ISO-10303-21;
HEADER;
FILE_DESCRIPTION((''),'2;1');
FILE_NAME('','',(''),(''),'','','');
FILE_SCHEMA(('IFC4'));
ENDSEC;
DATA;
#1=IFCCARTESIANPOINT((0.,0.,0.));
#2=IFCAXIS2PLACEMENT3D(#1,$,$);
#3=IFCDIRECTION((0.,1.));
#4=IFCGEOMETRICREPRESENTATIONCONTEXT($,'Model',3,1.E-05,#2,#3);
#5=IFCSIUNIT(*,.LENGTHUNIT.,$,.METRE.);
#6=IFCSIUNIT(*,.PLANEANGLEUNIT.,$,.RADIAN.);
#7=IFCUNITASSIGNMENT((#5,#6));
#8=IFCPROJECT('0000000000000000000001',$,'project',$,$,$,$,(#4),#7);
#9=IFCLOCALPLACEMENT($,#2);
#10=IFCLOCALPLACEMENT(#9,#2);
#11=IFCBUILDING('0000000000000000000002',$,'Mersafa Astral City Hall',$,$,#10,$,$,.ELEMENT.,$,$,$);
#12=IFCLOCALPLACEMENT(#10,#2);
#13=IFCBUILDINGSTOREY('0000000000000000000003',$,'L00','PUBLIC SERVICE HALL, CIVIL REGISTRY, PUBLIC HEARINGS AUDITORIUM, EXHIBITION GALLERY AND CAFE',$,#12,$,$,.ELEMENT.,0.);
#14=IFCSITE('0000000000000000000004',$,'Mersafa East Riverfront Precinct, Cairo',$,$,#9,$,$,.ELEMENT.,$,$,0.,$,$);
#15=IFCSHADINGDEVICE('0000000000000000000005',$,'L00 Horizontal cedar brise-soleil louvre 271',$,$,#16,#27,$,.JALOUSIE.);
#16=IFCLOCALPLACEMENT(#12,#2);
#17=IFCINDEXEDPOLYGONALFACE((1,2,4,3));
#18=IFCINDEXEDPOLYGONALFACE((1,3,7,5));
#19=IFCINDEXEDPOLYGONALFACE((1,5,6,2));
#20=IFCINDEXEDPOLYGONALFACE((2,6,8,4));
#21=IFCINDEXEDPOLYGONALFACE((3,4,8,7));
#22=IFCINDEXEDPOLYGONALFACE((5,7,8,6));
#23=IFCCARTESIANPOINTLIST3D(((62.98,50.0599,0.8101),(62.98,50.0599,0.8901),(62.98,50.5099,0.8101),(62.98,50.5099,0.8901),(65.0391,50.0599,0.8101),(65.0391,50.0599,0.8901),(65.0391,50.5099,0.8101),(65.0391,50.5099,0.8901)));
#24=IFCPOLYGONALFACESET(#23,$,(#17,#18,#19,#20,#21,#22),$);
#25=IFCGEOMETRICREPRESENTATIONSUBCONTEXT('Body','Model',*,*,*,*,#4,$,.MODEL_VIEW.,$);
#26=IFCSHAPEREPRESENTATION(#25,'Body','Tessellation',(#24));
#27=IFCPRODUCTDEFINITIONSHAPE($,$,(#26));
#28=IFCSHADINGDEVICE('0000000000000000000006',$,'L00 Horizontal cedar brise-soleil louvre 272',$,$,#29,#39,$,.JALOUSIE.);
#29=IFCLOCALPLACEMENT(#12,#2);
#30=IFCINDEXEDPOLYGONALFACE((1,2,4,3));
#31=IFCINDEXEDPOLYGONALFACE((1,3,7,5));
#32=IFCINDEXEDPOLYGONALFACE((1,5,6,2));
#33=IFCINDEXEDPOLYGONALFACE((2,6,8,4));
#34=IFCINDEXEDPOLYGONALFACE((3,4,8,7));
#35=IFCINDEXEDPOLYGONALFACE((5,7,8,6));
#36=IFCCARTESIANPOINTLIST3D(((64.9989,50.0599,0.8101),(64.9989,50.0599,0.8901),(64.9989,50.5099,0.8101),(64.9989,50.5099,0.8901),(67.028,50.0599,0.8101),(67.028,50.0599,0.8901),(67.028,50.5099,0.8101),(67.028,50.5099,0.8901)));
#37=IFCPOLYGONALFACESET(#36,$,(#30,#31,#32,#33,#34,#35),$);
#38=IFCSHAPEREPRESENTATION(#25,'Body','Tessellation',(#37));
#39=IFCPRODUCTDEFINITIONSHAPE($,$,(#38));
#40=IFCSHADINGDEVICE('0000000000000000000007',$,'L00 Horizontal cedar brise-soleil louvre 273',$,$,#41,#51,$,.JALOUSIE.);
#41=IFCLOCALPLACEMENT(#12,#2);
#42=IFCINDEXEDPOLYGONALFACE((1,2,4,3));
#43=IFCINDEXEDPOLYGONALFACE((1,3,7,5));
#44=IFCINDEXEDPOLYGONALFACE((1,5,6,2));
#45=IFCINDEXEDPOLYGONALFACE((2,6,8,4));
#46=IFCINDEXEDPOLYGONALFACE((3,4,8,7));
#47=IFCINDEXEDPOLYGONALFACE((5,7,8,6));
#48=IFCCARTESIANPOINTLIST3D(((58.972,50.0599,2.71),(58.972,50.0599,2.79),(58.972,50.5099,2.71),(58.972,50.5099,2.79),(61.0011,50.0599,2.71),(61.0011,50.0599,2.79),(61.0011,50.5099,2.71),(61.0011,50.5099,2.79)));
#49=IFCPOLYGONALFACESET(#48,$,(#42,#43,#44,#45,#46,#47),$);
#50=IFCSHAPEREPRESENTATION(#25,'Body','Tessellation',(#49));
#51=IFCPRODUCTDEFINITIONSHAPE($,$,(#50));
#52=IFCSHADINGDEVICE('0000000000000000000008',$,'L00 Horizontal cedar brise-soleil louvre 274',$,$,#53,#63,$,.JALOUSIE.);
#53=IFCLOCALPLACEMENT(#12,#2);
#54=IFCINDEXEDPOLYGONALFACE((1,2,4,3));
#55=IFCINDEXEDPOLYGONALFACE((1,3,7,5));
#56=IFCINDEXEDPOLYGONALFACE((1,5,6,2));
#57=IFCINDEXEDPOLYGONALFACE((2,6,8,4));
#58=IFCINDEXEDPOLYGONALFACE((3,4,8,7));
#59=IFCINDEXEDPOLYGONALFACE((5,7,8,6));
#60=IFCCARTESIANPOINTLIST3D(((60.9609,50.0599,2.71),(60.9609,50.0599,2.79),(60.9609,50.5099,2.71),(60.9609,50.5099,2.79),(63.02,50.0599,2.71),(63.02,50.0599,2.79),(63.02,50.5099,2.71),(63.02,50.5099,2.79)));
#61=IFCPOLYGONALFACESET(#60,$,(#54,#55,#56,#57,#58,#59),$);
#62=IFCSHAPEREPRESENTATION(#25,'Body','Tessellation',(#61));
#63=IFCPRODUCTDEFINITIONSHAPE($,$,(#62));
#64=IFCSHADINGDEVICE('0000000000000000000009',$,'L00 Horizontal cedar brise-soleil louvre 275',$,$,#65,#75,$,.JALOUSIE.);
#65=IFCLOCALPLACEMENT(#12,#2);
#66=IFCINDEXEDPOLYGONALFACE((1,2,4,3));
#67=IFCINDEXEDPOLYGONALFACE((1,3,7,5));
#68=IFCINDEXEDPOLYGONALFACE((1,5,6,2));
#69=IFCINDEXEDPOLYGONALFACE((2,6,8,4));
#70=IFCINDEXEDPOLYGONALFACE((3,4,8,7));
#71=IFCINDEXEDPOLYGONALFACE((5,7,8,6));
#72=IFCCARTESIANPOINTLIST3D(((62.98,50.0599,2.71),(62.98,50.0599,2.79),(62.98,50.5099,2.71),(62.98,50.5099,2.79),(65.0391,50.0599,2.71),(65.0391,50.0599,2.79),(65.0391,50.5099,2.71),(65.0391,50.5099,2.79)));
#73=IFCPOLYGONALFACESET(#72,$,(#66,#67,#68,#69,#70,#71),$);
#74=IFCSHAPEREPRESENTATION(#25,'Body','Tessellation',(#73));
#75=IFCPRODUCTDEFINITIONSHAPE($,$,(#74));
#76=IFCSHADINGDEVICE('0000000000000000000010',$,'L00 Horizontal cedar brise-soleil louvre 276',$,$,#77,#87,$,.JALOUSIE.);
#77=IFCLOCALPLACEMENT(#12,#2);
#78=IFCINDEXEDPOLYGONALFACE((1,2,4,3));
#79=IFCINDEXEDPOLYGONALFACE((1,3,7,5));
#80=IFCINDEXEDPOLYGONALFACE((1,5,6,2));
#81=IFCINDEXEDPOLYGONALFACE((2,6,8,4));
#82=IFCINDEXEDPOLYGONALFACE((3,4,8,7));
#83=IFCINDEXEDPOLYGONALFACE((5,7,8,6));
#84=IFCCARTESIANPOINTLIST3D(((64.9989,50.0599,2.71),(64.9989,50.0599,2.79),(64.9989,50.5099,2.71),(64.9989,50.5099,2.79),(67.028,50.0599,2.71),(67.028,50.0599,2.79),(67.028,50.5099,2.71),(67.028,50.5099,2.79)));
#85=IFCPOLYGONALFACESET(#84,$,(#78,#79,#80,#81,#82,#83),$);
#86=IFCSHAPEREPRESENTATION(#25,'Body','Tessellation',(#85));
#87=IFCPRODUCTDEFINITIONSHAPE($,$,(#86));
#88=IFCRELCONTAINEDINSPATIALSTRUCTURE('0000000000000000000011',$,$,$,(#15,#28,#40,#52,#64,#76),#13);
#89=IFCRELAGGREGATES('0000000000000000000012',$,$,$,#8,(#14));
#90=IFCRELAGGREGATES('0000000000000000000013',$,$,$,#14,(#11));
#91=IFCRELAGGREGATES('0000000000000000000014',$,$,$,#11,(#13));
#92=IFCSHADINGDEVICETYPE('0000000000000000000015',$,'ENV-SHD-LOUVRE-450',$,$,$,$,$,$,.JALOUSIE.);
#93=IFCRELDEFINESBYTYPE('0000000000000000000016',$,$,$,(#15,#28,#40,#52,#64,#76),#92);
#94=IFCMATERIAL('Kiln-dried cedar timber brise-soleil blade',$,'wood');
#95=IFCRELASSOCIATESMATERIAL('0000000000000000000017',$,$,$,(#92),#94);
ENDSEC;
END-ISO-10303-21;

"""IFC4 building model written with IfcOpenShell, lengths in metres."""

from ifc_helpers import new_model, si_unit, direction, frame, origin, origin_2d, place, context, subcontext, project, spatial, rectangle, extrude, material, type_object, element, save


model = new_model("IFC4")

# Units and contexts
model_context = context("Model", 3, precision=1e-05, world=origin(), true_north=direction((0.0, 1.0)))
body_context = subcontext(model_context, "Body", "Model", "MODEL_VIEW")
ifc_project = project(units=[si_unit("LENGTHUNIT", "METRE"), si_unit("PLANEANGLEUNIT", "RADIAN")], contexts=[model_context])

# Site, building, storey
site_placement = place(None, origin())
site = spatial("IfcSite", under=ifc_project, at=site_placement, Name="Mersafa East Riverfront Precinct, Cairo", CompositionType="ELEMENT", RefElevation=0.0)
building_placement = place(site_placement, origin())
building = spatial("IfcBuilding", under=site, at=building_placement, Name="Mersafa Astral City Hall", CompositionType="ELEMENT")
storey_placement = place(building_placement, origin())
storey = spatial("IfcBuildingStorey", under=building, at=storey_placement, Name="L00", Description="PUBLIC SERVICE HALL, CIVIL REGISTRY, PUBLIC HEARINGS AUDITORIUM, EXHIBITION GALLERY AND CAFE", CompositionType="ELEMENT", Elevation=0.0)

# Shading devices
ifc_material_1 = material(Name="Kiln-dried cedar timber brise-soleil blade", Category="wood")
shading_device_type_1 = type_object("IfcShadingDeviceType", Name="ENV-SHD-LOUVRE-450", PredefinedType="JALOUSIE", material=ifc_material_1)
for number, where, z_axis, x_axis, name in (
    (1, (64.0095, 50.2849, 0.8101), (0.0, 0.0, 1.0), (1.0, 0.0, 0.0), "L00 Horizontal cedar brise-soleil louvre 271"),
):
    element("IfcShadingDevice", number, at=place(storey_placement, frame(where, z_axis=z_axis, x_axis=x_axis)), inside=storey, type_object=shading_device_type_1, Name=name, PredefinedType="JALOUSIE", context=body_context, shape_type="SweptSolid", body=[
        extrude(rectangle(XDim=2.0591, YDim=0.45, at=origin_2d()), origin(), (0.0, 0.0, 1.0), 0.0801),
    ])
for number, where, z_axis, x_axis, name in (
    (2, (66.0134, 50.2849, 0.8101), (0.0, 0.0, 1.0), (1.0, 0.0, 0.0), "L00 Horizontal cedar brise-soleil louvre 272"),
    (3, (59.9866, 50.2849, 2.71), (0.0, 0.0, 1.0), (1.0, 0.0, 0.0), "L00 Horizontal cedar brise-soleil louvre 273"),
):
    element("IfcShadingDevice", number, at=place(storey_placement, frame(where, z_axis=z_axis, x_axis=x_axis)), inside=storey, type_object=shading_device_type_1, Name=name, PredefinedType="JALOUSIE", context=body_context, shape_type="SweptSolid", body=[
        extrude(rectangle(XDim=2.0291, YDim=0.45, at=origin_2d()), origin(), (0.0, 0.0, 1.0), 0.0801),
    ])
for number, where, z_axis, x_axis, name in (
    (4, (61.9905, 50.2849, 2.71), (0.0, 0.0, 1.0), (1.0, 0.0, 0.0), "L00 Horizontal cedar brise-soleil louvre 274"),
    (5, (64.0095, 50.2849, 2.71), (0.0, 0.0, 1.0), (1.0, 0.0, 0.0), "L00 Horizontal cedar brise-soleil louvre 275"),
):
    element("IfcShadingDevice", number, at=place(storey_placement, frame(where, z_axis=z_axis, x_axis=x_axis)), inside=storey, type_object=shading_device_type_1, Name=name, PredefinedType="JALOUSIE", context=body_context, shape_type="SweptSolid", body=[
        extrude(rectangle(XDim=2.0591, YDim=0.45, at=origin_2d()), origin(), (0.0, 0.0, 1.0), 0.0801),
    ])
shading_device_1_placement = place(storey_placement, frame((66.0134, 50.2849, 2.71), z_axis=(0.0, 0.0, 1.0), x_axis=(1.0, 0.0, 0.0)))
element("IfcShadingDevice", 6, at=shading_device_1_placement, inside=storey, type_object=shading_device_type_1, Name="L00 Horizontal cedar brise-soleil louvre 276", PredefinedType="JALOUSIE", context=body_context, shape_type="SweptSolid", body=[
    extrude(rectangle(XDim=2.0291, YDim=0.45, at=origin_2d()), origin(), (0.0, 0.0, 1.0), 0.0801),
])

save(model, "model.ifc")
